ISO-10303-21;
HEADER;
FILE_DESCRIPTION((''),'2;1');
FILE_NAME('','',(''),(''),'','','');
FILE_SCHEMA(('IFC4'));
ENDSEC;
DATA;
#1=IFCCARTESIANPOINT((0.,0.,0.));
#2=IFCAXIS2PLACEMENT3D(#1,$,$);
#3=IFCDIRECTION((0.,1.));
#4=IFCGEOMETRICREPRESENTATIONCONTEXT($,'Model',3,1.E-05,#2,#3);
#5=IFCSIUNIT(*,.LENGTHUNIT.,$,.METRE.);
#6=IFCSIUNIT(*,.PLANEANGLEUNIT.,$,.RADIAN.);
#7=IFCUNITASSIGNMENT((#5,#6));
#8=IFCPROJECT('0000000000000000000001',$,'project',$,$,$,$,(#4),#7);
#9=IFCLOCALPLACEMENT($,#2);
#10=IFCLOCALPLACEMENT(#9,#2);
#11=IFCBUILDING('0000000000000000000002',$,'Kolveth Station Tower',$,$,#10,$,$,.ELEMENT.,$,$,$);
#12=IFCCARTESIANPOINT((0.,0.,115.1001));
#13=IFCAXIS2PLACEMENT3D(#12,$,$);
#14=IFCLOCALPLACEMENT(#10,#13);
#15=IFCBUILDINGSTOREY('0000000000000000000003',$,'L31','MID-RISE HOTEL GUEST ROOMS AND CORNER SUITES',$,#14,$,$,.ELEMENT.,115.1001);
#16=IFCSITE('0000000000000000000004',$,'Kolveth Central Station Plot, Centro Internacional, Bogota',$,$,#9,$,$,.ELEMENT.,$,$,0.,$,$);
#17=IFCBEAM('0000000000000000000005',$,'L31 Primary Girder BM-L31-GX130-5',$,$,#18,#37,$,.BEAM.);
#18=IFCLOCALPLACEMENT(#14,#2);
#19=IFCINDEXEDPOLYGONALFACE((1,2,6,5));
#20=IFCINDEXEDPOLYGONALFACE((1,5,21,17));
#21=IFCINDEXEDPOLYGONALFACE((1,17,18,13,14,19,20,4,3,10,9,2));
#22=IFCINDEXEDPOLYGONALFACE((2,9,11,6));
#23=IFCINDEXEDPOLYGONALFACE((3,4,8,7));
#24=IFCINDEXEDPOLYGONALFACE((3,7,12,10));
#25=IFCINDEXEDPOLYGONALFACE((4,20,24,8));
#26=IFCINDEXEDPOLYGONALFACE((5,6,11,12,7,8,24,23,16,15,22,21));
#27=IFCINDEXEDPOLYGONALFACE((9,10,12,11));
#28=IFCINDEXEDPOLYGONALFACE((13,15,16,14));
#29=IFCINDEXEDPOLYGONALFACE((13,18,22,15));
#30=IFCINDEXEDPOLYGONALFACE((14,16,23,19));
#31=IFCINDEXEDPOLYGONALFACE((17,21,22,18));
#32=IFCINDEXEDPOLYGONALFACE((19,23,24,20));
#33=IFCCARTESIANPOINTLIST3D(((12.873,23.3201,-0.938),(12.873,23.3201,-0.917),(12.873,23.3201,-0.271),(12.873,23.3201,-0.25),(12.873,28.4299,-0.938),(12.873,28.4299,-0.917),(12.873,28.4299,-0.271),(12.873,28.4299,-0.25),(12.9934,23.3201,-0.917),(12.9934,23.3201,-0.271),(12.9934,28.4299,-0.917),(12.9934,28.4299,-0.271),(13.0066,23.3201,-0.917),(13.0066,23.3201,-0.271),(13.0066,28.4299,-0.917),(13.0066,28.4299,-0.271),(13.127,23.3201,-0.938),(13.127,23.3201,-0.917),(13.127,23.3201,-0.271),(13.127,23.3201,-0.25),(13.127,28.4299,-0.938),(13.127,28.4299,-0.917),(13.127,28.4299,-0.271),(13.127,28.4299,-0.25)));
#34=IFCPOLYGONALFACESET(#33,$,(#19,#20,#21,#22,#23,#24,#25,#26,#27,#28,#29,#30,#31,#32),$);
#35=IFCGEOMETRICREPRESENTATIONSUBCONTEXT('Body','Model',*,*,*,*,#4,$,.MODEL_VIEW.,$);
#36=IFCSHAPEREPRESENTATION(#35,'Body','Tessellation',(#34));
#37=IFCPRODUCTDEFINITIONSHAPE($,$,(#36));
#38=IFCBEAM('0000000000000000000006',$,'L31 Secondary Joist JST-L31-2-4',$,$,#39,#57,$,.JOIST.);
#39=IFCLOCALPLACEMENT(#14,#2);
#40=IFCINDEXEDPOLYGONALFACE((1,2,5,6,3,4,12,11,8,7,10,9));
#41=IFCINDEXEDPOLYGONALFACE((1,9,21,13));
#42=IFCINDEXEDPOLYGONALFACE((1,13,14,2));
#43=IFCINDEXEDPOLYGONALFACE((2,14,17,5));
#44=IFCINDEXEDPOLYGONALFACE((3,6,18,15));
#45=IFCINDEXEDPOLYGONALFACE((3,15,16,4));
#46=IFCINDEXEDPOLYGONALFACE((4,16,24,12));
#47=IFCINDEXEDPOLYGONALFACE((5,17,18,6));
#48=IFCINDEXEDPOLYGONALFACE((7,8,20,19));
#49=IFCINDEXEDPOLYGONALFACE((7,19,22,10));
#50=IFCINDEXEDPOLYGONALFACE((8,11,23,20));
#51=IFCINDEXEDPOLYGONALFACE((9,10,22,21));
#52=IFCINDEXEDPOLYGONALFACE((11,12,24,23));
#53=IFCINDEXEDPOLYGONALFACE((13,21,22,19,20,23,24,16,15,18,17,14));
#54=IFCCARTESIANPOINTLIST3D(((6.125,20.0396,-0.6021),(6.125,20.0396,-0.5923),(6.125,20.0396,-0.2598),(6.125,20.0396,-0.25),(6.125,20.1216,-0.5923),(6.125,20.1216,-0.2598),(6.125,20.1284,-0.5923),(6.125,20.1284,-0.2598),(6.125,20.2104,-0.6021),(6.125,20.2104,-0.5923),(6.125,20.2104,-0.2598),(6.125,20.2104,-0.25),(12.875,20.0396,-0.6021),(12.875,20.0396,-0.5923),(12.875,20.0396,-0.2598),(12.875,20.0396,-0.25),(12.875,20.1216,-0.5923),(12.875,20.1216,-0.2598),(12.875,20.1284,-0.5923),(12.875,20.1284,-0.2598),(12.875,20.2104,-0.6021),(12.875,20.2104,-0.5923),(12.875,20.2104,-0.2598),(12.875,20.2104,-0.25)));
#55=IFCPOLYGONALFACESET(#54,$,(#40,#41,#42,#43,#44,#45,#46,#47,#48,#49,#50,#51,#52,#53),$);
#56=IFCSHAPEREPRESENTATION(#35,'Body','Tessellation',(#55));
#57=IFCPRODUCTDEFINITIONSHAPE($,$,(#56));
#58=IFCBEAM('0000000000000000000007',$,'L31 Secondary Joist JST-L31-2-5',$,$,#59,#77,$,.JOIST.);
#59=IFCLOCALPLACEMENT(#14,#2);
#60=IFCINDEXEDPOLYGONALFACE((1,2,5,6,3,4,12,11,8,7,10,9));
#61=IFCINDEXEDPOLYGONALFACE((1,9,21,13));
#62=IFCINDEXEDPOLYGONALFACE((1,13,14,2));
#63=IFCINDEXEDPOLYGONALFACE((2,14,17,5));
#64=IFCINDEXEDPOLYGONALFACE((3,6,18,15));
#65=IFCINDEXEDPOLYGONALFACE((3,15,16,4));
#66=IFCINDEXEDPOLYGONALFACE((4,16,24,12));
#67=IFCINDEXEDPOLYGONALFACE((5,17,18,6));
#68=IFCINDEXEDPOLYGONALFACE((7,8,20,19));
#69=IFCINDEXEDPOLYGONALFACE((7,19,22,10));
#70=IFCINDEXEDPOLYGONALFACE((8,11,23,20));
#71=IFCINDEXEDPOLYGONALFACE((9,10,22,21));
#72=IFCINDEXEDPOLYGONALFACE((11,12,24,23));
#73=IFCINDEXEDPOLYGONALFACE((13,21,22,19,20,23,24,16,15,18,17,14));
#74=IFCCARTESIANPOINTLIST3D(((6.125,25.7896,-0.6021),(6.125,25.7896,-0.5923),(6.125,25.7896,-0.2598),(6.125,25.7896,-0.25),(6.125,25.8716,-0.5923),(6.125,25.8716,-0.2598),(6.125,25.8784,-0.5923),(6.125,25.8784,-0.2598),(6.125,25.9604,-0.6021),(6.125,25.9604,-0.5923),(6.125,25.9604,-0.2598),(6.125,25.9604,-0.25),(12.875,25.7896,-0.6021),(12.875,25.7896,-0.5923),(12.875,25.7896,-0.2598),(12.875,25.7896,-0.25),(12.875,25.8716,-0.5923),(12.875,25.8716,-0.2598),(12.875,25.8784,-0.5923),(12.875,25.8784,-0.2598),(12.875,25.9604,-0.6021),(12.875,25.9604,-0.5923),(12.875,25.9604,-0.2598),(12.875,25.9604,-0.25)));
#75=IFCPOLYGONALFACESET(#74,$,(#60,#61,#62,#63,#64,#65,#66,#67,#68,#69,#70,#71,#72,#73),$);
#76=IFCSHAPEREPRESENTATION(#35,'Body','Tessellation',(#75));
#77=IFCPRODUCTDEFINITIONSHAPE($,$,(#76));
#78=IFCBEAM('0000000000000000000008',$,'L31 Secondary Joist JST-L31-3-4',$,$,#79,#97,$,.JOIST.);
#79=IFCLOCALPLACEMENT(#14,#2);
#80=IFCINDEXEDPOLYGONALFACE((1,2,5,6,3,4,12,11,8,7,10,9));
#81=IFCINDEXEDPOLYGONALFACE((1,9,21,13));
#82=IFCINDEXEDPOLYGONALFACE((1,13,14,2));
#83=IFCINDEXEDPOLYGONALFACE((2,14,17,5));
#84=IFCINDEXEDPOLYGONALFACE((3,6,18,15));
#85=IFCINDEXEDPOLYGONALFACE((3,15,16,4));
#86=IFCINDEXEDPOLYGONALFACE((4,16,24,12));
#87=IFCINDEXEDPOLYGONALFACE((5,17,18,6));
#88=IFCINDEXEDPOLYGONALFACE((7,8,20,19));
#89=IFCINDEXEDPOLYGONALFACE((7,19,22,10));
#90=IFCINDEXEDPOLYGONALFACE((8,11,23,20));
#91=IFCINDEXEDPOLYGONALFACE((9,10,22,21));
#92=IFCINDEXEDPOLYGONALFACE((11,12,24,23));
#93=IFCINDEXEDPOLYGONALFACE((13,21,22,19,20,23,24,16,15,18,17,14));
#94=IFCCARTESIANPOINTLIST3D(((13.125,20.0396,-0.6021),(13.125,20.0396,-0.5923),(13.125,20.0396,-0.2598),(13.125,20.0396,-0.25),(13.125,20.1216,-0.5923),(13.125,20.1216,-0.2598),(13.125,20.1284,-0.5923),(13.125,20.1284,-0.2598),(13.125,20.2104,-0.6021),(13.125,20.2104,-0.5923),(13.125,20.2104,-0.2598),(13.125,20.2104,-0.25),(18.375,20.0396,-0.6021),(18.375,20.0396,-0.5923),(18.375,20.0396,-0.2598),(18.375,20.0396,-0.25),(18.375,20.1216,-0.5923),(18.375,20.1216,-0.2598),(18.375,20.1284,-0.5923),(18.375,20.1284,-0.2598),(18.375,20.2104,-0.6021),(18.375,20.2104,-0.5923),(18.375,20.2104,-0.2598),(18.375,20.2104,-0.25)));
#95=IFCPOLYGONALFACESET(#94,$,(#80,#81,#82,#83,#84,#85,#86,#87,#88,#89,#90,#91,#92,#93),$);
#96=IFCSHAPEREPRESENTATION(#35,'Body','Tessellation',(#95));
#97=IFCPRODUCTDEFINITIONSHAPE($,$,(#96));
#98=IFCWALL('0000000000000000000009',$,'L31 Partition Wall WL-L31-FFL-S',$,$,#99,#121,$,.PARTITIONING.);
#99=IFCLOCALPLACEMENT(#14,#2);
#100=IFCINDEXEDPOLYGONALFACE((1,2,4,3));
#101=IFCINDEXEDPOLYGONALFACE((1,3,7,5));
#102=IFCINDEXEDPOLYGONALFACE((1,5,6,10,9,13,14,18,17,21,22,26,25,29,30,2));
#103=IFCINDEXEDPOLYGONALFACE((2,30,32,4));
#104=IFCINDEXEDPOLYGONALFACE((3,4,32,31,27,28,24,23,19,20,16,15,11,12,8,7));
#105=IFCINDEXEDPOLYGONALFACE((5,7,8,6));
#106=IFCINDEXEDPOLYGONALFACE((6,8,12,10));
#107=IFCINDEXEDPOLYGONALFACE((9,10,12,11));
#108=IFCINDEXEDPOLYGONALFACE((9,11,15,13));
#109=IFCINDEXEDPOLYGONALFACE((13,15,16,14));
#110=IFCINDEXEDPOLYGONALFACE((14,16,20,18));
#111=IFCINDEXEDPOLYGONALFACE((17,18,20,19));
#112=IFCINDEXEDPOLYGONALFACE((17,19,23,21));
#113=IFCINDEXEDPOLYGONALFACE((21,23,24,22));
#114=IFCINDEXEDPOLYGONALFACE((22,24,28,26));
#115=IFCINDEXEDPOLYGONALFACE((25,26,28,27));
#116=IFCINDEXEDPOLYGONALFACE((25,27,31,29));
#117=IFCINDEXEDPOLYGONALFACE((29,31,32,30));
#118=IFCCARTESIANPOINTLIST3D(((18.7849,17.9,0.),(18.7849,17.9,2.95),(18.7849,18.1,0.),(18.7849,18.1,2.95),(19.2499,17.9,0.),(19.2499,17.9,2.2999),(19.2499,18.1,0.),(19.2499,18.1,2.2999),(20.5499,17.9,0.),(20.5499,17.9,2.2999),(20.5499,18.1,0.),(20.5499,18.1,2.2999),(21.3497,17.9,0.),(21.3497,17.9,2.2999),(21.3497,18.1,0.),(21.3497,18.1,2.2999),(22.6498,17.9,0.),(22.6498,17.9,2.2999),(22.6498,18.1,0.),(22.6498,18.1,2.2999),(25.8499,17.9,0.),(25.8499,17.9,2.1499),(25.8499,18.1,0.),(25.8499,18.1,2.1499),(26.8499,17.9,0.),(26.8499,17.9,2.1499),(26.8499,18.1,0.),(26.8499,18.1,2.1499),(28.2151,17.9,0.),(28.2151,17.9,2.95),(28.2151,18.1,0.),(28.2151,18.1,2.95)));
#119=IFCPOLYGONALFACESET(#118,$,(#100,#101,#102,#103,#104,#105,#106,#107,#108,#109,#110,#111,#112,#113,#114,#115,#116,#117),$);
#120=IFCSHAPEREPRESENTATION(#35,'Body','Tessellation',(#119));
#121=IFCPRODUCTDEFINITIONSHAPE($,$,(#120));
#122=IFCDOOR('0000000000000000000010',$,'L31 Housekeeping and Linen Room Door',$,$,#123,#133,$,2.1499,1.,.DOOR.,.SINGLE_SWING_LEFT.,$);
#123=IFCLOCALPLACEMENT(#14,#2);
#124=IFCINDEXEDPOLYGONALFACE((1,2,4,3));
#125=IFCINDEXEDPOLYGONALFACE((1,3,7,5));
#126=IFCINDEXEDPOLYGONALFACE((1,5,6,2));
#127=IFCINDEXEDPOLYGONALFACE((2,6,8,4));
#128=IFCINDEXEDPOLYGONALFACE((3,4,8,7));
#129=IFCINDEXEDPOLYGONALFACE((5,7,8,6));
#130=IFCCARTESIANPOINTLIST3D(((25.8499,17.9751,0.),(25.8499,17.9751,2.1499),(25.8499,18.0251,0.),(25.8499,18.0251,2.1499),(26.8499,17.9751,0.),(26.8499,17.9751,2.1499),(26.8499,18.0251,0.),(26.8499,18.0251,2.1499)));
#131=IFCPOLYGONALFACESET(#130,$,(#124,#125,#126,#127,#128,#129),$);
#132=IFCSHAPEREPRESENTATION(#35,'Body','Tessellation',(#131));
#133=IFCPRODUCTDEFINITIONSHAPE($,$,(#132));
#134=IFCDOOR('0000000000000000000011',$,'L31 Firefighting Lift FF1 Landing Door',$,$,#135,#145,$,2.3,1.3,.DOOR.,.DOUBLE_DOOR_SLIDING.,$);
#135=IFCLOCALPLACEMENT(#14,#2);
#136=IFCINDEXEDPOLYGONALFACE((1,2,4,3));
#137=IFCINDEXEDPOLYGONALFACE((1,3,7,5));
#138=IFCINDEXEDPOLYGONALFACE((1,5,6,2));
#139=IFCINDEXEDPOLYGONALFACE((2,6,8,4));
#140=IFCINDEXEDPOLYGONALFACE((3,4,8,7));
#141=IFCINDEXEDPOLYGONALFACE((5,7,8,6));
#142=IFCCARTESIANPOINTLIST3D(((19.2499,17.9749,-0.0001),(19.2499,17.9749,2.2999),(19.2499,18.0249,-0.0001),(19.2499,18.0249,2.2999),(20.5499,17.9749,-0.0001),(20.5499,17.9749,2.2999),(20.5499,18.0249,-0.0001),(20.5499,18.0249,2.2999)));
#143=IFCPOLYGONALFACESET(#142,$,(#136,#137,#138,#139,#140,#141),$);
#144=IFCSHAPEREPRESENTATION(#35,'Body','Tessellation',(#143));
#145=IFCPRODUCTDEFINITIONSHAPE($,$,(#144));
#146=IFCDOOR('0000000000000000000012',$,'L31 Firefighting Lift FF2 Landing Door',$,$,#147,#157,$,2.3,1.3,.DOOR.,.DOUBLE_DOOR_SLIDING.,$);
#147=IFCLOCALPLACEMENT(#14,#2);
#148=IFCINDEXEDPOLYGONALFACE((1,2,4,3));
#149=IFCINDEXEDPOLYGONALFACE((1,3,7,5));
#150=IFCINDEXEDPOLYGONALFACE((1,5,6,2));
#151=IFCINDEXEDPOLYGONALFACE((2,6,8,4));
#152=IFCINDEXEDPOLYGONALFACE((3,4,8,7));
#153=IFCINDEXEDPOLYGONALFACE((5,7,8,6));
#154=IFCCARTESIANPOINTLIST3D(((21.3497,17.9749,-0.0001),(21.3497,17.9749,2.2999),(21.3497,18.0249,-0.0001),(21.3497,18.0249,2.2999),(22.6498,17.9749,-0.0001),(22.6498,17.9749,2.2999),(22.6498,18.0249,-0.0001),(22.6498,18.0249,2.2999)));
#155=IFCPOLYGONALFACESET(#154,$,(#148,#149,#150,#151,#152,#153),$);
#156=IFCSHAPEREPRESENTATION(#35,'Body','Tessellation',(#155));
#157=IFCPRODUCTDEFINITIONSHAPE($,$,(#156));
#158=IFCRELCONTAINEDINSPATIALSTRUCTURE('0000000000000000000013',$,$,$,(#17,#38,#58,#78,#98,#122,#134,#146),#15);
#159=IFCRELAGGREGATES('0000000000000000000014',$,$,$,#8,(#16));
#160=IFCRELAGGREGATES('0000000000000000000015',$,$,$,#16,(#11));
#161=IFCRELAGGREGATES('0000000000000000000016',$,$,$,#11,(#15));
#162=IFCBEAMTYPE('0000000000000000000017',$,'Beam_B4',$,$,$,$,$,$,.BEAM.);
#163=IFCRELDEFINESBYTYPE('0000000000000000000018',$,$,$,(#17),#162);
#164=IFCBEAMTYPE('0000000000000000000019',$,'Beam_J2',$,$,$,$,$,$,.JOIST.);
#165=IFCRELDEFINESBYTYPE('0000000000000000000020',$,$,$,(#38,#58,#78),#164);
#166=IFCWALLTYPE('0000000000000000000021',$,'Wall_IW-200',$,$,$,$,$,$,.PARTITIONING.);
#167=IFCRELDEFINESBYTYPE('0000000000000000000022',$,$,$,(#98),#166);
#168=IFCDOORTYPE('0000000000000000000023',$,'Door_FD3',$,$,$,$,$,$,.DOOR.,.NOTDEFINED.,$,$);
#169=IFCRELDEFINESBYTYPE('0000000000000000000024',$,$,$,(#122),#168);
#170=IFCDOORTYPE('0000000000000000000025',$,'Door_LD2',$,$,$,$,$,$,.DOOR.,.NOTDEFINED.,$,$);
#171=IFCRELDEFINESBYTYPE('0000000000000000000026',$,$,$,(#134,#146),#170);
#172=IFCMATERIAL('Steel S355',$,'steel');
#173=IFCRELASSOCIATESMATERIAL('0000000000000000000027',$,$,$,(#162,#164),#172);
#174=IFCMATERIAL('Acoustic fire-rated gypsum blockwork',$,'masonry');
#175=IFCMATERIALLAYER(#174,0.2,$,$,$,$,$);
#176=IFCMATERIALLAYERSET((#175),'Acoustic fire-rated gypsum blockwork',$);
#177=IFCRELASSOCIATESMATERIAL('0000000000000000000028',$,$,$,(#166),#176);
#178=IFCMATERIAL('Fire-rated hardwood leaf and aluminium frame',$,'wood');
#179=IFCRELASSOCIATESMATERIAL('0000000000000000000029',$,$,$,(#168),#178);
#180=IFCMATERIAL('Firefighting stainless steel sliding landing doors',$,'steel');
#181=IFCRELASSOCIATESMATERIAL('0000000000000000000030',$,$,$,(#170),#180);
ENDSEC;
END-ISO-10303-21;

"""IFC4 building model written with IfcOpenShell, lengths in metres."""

from ifc_helpers import new_model, si_unit, direction, frame, frame_2d, origin, origin_2d, place, context, subcontext, project, spatial, rectangle, i_section, extrude, source, transform, mapped, material, layer, layer_set, material_profile, profile_set, type_object, element, fill, save


model = new_model("IFC4")

# Units and contexts
model_context = context("Model", 3, precision=1e-05, world=origin(), true_north=direction((0.0, 1.0)))
body_context = subcontext(model_context, "Body", "Model", "MODEL_VIEW")
ifc_project = project(units=[si_unit("LENGTHUNIT", "METRE"), si_unit("PLANEANGLEUNIT", "RADIAN")], contexts=[model_context])

# Site, building, storey
site_placement = place(None, origin())
site = spatial("IfcSite", under=ifc_project, at=site_placement, Name="Kolveth Central Station Plot, Centro Internacional, Bogota", CompositionType="ELEMENT", RefElevation=0.0)
building_placement = place(site_placement, origin())
building = spatial("IfcBuilding", under=site, at=building_placement, Name="Kolveth Station Tower", CompositionType="ELEMENT")
storey_placement = place(building_placement, frame((0.0, 0.0, 115.1001)))
storey = spatial("IfcBuildingStorey", under=building, at=storey_placement, Name="L31", Description="MID-RISE HOTEL GUEST ROOMS AND CORNER SUITES", CompositionType="ELEMENT", Elevation=115.1001)

# Shared definitions
ifc_material_1 = material(Name="Steel S355", Category="steel")

# Beams
ifc_material_profile_1 = material_profile(ifc_material_1, i_section(OverallWidth=0.2539, OverallDepth=0.688, WebThickness=0.0132, FlangeThickness=0.021, at=origin_2d()), Name="W690x152")
ifc_profile_set_1 = profile_set([ifc_material_profile_1], Name="Steel S355")
beam_type_1 = type_object("IfcBeamType", Name="Beam_B4", PredefinedType="BEAM", material=ifc_profile_set_1)
shared_shape_1 = source(origin(), body_context, "Body", "SweptSolid", [
    extrude(i_section(OverallWidth=0.2539, OverallDepth=0.688, WebThickness=0.0132, FlangeThickness=0.021, at=origin_2d()), origin(), (0.0, 0.0, 1.0), 5.1099),
])
for number, where, z_axis, x_axis, name in (
    (1, (13.0, 23.3201, -0.594), (0.0, 1.0, 0.0), (-1.0, 0.0, 0.0), "L31 Primary Girder BM-L31-GX130-5"),
):
    element("IfcBeam", number, at=place(storey_placement, frame(where, z_axis=z_axis, x_axis=x_axis)), inside=storey, type_object=beam_type_1, Name=name, PredefinedType="BEAM", context=body_context, shape_type="MappedRepresentation", body=[
        mapped(shared_shape_1, transform((0.0, 0.0, 0.0), x_axis=(1.0, 0.0, 0.0), y_axis=(0.0, 1.0, 0.0), z_axis=(0.0, 0.0, 1.0), scale=1.0)),
    ])
ifc_material_profile_2 = material_profile(ifc_material_1, i_section(OverallWidth=0.1709, OverallDepth=0.3521, WebThickness=0.0068, FlangeThickness=0.0098, at=origin_2d()), Name="W360x44")
ifc_profile_set_2 = profile_set([ifc_material_profile_2], Name="Steel S355")
beam_type_2 = type_object("IfcBeamType", Name="Beam_J2", PredefinedType="JOIST", material=ifc_profile_set_2)
shared_shape_2 = source(origin(), body_context, "Body", "SweptSolid", [
    extrude(i_section(OverallWidth=0.1709, OverallDepth=0.3521, WebThickness=0.0068, FlangeThickness=0.0098, at=origin_2d()), origin(), (0.0, 0.0, 1.0), 6.75),
])
for number, where, z_axis, x_axis, name in (
    (2, (6.125, 20.125, -0.426), (1.0, 0.0, 0.0), (0.0, 1.0, 0.0), "L31 Secondary Joist JST-L31-2-4"),
    (3, (6.125, 25.875, -0.426), (1.0, 0.0, 0.0), (0.0, 1.0, 0.0), "L31 Secondary Joist JST-L31-2-5"),
):
    element("IfcBeam", number, at=place(storey_placement, frame(where, z_axis=z_axis, x_axis=x_axis)), inside=storey, type_object=beam_type_2, Name=name, PredefinedType="JOIST", context=body_context, shape_type="MappedRepresentation", body=[
        mapped(shared_shape_2, transform((0.0, 0.0, 0.0), x_axis=(1.0, 0.0, 0.0), y_axis=(0.0, 1.0, 0.0), z_axis=(0.0, 0.0, 1.0), scale=1.0)),
    ])
shared_shape_3 = source(origin(), body_context, "Body", "SweptSolid", [
    extrude(i_section(OverallWidth=0.1709, OverallDepth=0.3521, WebThickness=0.0068, FlangeThickness=0.0098, at=origin_2d()), origin(), (0.0, 0.0, 1.0), 5.25),
])
beam_placement = place(storey_placement, frame((13.125, 20.125, -0.426), z_axis=(1.0, 0.0, 0.0), x_axis=(0.0, 1.0, 0.0)))
element("IfcBeam", 4, at=beam_placement, inside=storey, type_object=beam_type_2, Name="L31 Secondary Joist JST-L31-3-4", PredefinedType="JOIST", context=body_context, shape_type="MappedRepresentation", body=[
    mapped(shared_shape_3, transform((0.0, 0.0, 0.0), x_axis=(1.0, 0.0, 0.0), y_axis=(0.0, 1.0, 0.0), z_axis=(0.0, 0.0, 1.0), scale=1.0)),
])

# Wall, openings, doors
ifc_material_2 = material(Name="Acoustic fire-rated gypsum blockwork", Category="masonry")
ifc_layer_1 = layer(ifc_material_2, 0.2)
ifc_layer_set_1 = layer_set([ifc_layer_1], Name="Acoustic fire-rated gypsum blockwork")
wall_type_1 = type_object("IfcWallType", Name="Wall_IW-200", PredefinedType="PARTITIONING", material=ifc_layer_set_1)
wall_1_placement = place(storey_placement, frame((18.7849, 18.0, 0.0), z_axis=(0.0, 0.0, 1.0), x_axis=(1.0, 0.0, 0.0)))
wall_1 = element("IfcWall", 5, at=wall_1_placement, inside=storey, type_object=wall_type_1, Name="L31 Partition Wall WL-L31-FFL-S", PredefinedType="PARTITIONING", context=body_context, shape_type="SweptSolid", body=[
    extrude(rectangle(XDim=9.4302, YDim=0.2, at=frame_2d((4.7151, 0.0))), origin(), (0.0, 0.0, 1.0), 2.95),
])
opening_1_placement = place(wall_1_placement, frame((0.4651, 0.0, 0.0)))
opening_1 = element("IfcOpeningElement", 6, at=opening_1_placement, cuts=wall_1, PredefinedType="OPENING", context=body_context, shape_type="SweptSolid", body=[
    extrude(rectangle(XDim=1.3, YDim=2.3, at=frame_2d((0.6499, 1.1499))), frame((0.0, 0.1099, 0.0), z_axis=(0.0, -1.0, 0.0), x_axis=(1.0, 0.0, 0.0)), (0.0, 0.0, 1.0), 0.22),
])
opening_2_placement = place(wall_1_placement, frame((2.5649, 0.0, 0.0)))
opening_2 = element("IfcOpeningElement", 7, at=opening_2_placement, cuts=wall_1, PredefinedType="OPENING", context=body_context, shape_type="SweptSolid", body=[
    extrude(rectangle(XDim=1.3, YDim=2.3, at=frame_2d((0.6499, 1.1499))), frame((0.0, 0.1099, 0.0), z_axis=(0.0, -1.0, 0.0), x_axis=(1.0, 0.0, 0.0)), (0.0, 0.0, 1.0), 0.22),
])
opening_3_placement = place(wall_1_placement, frame((7.0649, 0.0, 0.0)))
opening_3 = element("IfcOpeningElement", 8, at=opening_3_placement, cuts=wall_1, PredefinedType="OPENING", context=body_context, shape_type="SweptSolid", body=[
    extrude(rectangle(XDim=1.0, YDim=2.1499, at=frame_2d((0.5, 1.075))), frame((0.0, 0.1099, 0.0), z_axis=(0.0, -1.0, 0.0), x_axis=(1.0, 0.0, 0.0)), (0.0, 0.0, 1.0), 0.22),
])
ifc_material_3 = material(Name="Fire-rated hardwood leaf and aluminium frame", Category="wood")
door_type_1 = type_object("IfcDoorType", Name="Door_FD3", OperationType="NOTDEFINED", PredefinedType="DOOR", material=ifc_material_3)
door_1_placement = place(opening_3_placement, frame((1.0, 0.0, 0.0), z_axis=(0.0, 0.0, 1.0), x_axis=(-1.0, 0.0, 0.0)))
door_1 = element("IfcDoor", 9, at=door_1_placement, inside=storey, type_object=door_type_1, Name="L31 Housekeeping and Linen Room Door", OperationType="SINGLE_SWING_LEFT", OverallHeight=2.1499, OverallWidth=1.0, PredefinedType="DOOR", context=body_context, shape_type="SweptSolid", body=[
    extrude(rectangle(XDim=1.0, YDim=2.1499, at=frame_2d((0.5, 1.075))), frame((0.0, 0.0249, 0.0), z_axis=(0.0, -1.0, 0.0), x_axis=(1.0, 0.0, 0.0)), (0.0, 0.0, 1.0), 0.05),
])
fill(opening_3, door_1)
ifc_material_4 = material(Name="Firefighting stainless steel sliding landing doors", Category="steel")
door_type_2 = type_object("IfcDoorType", Name="Door_LD2", OperationType="NOTDEFINED", PredefinedType="DOOR", material=ifc_material_4)
door_2_placement = place(opening_1_placement, origin())
door_2 = element("IfcDoor", 10, at=door_2_placement, inside=storey, type_object=door_type_2, Name="L31 Firefighting Lift FF1 Landing Door", OperationType="DOUBLE_DOOR_SLIDING", OverallHeight=2.3, OverallWidth=1.3, PredefinedType="DOOR", context=body_context, shape_type="SweptSolid", body=[
    extrude(rectangle(XDim=1.3, YDim=2.3, at=frame_2d((0.6499, 1.1499))), frame((0.0, 0.0249, 0.0), z_axis=(0.0, -1.0, 0.0), x_axis=(1.0, 0.0, 0.0)), (0.0, 0.0, 1.0), 0.05),
])
fill(opening_1, door_2)
door_3_placement = place(opening_2_placement, origin())
door_3 = element("IfcDoor", 11, at=door_3_placement, inside=storey, type_object=door_type_2, Name="L31 Firefighting Lift FF2 Landing Door", OperationType="DOUBLE_DOOR_SLIDING", OverallHeight=2.3, OverallWidth=1.3, PredefinedType="DOOR", context=body_context, shape_type="SweptSolid", body=[
    extrude(rectangle(XDim=1.3, YDim=2.3, at=frame_2d((0.6499, 1.1499))), frame((0.0, 0.0249, 0.0), z_axis=(0.0, -1.0, 0.0), x_axis=(1.0, 0.0, 0.0)), (0.0, 0.0, 1.0), 0.05),
])
fill(opening_2, door_3)

save(model, "model.ifc")
